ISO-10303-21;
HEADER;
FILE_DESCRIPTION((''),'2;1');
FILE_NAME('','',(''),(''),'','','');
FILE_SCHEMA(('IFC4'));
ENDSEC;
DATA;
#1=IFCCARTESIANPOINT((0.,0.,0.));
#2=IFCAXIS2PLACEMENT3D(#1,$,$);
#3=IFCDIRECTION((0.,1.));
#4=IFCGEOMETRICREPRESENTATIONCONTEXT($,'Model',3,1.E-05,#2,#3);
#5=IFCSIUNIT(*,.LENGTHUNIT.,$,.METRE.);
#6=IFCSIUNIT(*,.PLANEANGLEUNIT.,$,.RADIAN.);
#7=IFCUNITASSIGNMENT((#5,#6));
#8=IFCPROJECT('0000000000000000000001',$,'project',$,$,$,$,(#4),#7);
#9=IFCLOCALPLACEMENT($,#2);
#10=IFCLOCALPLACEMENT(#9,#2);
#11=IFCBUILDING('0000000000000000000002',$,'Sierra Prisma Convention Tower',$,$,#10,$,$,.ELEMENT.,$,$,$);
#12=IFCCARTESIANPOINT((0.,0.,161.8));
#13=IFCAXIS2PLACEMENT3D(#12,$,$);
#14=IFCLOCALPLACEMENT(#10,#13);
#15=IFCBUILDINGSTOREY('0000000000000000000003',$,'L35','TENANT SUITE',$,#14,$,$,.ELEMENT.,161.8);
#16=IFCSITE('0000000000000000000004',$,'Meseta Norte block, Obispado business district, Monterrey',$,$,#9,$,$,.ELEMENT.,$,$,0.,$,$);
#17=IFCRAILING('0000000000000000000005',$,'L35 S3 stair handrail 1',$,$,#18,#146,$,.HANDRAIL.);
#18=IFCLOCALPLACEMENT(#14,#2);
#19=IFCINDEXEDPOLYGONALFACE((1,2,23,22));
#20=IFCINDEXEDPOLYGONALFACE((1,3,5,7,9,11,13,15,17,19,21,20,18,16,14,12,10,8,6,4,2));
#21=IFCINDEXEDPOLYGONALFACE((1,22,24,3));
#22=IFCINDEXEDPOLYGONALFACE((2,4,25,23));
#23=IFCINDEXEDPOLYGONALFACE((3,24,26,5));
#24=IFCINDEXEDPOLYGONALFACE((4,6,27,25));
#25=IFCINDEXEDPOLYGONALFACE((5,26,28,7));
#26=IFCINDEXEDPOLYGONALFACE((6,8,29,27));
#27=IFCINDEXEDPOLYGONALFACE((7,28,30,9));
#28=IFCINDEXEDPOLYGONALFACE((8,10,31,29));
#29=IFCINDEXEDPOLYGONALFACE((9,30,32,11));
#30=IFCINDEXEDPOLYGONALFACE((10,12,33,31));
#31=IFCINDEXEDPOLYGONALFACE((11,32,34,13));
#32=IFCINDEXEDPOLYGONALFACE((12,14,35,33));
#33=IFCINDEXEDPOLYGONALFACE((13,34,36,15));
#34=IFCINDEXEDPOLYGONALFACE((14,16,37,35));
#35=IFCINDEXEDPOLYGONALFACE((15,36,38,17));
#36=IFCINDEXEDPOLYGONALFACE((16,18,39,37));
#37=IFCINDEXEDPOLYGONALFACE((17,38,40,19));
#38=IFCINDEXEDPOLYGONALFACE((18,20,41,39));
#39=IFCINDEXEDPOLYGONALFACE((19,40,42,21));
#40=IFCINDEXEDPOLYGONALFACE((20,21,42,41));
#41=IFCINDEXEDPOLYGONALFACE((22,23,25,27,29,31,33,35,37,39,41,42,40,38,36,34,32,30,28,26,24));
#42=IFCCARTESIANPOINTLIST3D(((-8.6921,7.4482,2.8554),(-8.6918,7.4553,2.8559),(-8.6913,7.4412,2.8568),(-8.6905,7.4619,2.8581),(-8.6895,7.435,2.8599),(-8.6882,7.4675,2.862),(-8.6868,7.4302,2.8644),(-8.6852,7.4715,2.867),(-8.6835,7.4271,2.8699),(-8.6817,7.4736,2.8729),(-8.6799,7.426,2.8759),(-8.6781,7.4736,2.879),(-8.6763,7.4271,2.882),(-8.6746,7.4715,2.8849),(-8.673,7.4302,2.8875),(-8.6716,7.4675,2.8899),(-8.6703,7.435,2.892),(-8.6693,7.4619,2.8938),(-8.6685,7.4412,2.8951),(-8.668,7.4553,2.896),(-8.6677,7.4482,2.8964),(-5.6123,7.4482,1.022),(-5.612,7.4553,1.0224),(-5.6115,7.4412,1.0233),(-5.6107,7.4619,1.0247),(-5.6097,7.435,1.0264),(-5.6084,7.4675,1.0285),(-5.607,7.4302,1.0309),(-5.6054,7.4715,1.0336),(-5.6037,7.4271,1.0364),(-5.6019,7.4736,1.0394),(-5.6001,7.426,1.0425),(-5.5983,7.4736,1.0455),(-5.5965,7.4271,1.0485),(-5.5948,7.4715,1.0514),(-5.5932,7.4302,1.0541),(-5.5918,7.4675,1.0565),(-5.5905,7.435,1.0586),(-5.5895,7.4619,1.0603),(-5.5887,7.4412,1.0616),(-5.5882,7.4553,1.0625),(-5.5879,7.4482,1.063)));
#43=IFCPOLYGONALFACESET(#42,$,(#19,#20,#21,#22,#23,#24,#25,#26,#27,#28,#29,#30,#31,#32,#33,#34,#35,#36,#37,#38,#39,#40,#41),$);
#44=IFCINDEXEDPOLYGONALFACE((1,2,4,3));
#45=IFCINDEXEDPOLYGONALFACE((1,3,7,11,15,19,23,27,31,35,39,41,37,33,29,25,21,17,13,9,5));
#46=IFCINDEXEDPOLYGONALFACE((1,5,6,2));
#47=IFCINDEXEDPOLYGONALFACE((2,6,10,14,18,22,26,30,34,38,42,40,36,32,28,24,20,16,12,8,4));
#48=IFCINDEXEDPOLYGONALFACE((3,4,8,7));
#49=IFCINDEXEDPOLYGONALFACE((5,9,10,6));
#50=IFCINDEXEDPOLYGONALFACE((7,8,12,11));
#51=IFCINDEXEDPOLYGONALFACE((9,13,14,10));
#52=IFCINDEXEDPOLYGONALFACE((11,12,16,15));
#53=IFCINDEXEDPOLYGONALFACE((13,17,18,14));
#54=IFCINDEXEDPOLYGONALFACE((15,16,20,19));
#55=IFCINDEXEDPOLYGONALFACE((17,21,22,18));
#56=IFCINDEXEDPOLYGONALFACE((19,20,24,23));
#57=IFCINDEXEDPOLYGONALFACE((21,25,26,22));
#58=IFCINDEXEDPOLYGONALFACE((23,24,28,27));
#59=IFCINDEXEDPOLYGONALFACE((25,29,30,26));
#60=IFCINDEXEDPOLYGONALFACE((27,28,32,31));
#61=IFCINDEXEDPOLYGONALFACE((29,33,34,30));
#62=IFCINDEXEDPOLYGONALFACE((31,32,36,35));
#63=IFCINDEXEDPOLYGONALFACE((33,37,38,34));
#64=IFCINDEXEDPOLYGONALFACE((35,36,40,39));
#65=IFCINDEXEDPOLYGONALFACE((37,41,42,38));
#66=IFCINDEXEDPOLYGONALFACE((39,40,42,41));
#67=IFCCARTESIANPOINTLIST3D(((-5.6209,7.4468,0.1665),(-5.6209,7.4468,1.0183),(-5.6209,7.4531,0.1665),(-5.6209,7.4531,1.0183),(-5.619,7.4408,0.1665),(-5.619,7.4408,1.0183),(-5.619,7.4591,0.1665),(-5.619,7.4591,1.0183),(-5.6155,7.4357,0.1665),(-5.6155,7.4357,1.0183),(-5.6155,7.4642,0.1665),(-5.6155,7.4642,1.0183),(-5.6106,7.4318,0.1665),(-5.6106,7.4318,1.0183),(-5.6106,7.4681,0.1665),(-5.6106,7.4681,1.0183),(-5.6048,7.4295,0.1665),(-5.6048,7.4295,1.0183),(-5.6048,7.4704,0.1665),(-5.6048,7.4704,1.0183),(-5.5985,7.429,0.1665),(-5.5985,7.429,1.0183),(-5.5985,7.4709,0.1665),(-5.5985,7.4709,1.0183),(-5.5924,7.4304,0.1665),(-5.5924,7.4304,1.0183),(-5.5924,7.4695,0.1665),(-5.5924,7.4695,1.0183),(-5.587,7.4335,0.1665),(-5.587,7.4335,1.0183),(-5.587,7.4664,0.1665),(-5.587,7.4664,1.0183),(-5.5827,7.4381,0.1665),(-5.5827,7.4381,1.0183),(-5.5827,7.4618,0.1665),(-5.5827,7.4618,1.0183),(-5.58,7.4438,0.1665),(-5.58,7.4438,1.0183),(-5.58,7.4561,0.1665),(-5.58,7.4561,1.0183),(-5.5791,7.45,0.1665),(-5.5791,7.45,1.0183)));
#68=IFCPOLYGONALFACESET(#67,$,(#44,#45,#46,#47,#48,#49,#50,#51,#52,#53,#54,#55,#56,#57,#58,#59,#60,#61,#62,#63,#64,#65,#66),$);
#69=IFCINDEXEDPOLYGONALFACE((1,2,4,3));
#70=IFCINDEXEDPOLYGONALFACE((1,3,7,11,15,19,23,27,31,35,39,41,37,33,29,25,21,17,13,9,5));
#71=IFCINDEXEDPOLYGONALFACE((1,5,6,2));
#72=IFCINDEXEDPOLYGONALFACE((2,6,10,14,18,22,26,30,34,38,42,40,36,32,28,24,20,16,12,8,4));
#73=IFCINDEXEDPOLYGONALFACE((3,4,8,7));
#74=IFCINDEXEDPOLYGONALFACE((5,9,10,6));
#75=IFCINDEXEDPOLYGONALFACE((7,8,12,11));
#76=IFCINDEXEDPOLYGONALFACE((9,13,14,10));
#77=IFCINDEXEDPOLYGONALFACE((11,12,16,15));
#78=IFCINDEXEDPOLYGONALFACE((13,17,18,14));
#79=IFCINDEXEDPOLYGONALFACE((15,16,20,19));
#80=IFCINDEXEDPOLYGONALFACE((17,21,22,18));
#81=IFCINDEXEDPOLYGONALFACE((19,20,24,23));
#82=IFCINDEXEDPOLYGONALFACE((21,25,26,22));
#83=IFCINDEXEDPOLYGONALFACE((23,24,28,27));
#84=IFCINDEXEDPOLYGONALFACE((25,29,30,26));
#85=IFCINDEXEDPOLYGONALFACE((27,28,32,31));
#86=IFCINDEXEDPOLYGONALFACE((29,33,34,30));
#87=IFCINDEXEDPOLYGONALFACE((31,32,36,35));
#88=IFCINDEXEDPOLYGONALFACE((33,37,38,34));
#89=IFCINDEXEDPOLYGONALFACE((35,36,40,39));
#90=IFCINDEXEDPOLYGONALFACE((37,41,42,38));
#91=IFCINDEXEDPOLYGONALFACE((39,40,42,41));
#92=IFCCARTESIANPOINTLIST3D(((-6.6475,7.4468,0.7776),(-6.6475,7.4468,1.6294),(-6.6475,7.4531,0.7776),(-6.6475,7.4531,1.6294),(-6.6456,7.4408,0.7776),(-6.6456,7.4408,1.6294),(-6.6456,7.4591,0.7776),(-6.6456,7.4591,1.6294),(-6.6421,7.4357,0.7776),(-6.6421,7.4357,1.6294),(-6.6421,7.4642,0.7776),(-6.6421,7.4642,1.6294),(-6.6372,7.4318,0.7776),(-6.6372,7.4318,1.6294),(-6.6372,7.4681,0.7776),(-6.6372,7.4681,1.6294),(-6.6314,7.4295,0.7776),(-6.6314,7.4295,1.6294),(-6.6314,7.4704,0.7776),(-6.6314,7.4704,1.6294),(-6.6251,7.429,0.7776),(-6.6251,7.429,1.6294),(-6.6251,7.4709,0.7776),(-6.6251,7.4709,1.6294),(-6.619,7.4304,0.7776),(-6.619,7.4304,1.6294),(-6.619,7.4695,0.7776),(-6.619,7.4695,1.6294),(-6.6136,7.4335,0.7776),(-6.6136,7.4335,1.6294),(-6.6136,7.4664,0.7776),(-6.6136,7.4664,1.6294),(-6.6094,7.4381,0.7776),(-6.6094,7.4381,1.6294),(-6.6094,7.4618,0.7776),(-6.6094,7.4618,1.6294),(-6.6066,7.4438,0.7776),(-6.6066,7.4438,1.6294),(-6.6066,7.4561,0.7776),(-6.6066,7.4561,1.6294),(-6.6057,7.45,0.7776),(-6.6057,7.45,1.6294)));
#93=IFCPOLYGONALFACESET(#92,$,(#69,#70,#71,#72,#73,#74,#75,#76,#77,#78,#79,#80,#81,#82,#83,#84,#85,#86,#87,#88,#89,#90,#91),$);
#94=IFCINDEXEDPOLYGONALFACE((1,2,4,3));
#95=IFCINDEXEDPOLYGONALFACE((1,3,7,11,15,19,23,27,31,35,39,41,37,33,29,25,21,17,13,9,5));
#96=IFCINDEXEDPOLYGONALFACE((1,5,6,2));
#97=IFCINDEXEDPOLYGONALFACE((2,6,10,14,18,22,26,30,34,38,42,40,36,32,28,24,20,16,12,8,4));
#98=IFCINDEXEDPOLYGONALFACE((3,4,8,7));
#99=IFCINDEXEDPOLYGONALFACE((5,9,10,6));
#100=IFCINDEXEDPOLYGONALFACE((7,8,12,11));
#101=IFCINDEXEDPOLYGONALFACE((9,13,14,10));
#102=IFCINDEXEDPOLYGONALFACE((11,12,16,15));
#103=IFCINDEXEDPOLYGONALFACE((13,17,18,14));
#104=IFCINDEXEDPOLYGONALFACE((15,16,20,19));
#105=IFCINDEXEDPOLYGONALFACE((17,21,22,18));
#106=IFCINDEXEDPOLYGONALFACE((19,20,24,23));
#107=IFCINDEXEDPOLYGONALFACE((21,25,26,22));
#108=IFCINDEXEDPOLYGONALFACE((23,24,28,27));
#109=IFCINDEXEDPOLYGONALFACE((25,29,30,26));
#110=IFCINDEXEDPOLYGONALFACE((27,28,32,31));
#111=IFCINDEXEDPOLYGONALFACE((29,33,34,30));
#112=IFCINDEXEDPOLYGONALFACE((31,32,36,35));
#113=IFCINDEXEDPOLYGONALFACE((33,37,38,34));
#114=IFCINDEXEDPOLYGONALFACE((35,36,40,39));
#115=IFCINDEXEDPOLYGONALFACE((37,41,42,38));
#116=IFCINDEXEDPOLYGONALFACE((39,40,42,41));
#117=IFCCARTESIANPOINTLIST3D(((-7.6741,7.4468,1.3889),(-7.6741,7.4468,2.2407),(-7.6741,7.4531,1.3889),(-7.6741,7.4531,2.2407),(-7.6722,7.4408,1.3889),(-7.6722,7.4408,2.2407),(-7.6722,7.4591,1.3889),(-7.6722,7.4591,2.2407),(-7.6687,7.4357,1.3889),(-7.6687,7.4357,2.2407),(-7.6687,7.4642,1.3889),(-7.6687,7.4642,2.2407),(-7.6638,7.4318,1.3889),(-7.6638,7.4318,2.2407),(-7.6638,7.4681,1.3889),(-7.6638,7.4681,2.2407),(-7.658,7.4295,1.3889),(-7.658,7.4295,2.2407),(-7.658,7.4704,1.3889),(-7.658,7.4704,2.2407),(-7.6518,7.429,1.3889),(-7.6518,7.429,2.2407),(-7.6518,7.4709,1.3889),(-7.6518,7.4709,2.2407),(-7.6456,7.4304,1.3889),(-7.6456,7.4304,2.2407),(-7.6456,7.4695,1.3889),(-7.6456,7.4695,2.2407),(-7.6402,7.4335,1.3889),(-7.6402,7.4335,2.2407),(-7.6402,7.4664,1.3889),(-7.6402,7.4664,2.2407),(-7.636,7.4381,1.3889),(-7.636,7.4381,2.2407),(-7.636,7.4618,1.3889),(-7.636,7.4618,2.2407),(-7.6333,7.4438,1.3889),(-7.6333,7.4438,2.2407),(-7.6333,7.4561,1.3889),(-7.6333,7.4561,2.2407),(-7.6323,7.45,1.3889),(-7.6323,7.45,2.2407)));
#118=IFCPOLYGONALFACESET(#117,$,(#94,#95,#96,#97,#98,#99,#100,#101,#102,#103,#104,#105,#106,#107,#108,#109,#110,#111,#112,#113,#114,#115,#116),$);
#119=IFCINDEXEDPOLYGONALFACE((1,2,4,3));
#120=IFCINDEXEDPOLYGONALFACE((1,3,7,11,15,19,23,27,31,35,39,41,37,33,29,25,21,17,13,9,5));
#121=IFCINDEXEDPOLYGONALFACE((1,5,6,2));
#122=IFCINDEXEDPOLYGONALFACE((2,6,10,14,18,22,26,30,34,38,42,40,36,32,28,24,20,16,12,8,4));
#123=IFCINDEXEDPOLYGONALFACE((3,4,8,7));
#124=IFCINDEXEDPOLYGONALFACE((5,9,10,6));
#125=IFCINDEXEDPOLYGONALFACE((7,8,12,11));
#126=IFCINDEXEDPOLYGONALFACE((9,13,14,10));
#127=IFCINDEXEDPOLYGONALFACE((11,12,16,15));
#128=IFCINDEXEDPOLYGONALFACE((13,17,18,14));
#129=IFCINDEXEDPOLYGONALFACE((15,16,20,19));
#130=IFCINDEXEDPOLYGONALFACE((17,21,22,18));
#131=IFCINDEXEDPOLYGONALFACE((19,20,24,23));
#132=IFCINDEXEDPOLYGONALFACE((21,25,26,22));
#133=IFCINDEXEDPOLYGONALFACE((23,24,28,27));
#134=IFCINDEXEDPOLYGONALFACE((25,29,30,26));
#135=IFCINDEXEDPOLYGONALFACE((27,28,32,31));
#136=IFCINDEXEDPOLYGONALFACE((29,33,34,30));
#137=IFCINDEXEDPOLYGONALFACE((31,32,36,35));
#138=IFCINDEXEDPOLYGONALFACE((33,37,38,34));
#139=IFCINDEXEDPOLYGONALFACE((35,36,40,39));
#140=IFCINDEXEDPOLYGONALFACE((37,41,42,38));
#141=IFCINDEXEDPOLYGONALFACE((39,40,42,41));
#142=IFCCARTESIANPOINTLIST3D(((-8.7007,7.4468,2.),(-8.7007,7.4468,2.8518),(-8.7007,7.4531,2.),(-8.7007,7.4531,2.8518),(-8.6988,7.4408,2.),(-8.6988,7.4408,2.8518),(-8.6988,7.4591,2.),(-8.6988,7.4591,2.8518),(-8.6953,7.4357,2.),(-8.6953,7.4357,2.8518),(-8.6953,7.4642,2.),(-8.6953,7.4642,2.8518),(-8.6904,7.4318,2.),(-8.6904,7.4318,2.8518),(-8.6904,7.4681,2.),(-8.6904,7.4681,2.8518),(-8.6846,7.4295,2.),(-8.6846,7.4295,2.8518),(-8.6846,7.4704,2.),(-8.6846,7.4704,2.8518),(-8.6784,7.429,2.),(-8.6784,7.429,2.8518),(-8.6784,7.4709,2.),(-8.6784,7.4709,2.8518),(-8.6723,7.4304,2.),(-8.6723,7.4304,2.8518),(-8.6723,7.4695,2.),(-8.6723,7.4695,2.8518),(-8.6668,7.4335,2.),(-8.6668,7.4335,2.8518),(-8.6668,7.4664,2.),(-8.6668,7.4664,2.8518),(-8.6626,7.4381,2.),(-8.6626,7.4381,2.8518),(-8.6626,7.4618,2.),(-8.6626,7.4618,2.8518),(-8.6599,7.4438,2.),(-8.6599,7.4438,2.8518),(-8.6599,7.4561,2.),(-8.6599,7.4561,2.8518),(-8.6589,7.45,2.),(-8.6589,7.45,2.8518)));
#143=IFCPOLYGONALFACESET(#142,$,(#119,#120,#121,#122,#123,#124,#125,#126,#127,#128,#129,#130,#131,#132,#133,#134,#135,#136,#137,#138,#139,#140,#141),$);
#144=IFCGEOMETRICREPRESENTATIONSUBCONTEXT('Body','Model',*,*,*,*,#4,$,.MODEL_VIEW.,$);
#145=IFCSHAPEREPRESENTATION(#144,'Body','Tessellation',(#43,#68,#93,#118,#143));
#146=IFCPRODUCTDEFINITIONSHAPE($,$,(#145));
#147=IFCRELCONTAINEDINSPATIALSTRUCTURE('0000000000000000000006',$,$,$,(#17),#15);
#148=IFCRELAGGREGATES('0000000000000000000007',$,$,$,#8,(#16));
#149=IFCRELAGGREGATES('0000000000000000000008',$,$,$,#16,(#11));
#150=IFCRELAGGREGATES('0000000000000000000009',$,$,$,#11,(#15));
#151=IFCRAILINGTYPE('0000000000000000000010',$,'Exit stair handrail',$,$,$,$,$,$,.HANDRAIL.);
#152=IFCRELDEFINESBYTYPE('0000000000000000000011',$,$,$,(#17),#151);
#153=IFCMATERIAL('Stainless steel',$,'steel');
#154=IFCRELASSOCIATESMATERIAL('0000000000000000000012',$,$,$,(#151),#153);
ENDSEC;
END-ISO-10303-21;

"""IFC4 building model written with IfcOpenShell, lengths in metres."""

from ifc_helpers import new_model, si_unit, direction, frame, origin, origin_2d, place, context, subcontext, project, spatial, circle, extrude, material, type_object, element, save


model = new_model("IFC4")

# Units and contexts
model_context = context("Model", 3, precision=1e-05, world=origin(), true_north=direction((0.0, 1.0)))
body_context = subcontext(model_context, "Body", "Model", "MODEL_VIEW")
ifc_project = project(units=[si_unit("LENGTHUNIT", "METRE"), si_unit("PLANEANGLEUNIT", "RADIAN")], contexts=[model_context])

# Site, building, storey
site_placement = place(None, origin())
site = spatial("IfcSite", under=ifc_project, at=site_placement, Name="Meseta Norte block, Obispado business district, Monterrey", CompositionType="ELEMENT", RefElevation=0.0)
building_placement = place(site_placement, origin())
building = spatial("IfcBuilding", under=site, at=building_placement, Name="Sierra Prisma Convention Tower", CompositionType="ELEMENT")
storey_placement = place(building_placement, frame((0.0, 0.0, 161.8)))
storey = spatial("IfcBuildingStorey", under=building, at=storey_placement, Name="L35", Description="TENANT SUITE", CompositionType="ELEMENT", Elevation=161.8)

# Railing
ifc_material_1 = material(Name="Stainless steel", Category="steel")
railing_type_1 = type_object("IfcRailingType", Name="Exit stair handrail", PredefinedType="HANDRAIL", material=ifc_material_1)
railing_1_placement = place(storey_placement, frame((-5.6001, 7.45, 0.1665)))
element("IfcRailing", 1, at=railing_1_placement, inside=storey, type_object=railing_type_1, Name="L35 S3 stair handrail 1", PredefinedType="HANDRAIL", context=body_context, shape_type="SweptSolid", body=[
    extrude(circle(Radius=0.0239, at=origin_2d()), frame((0.0, 0.0, 0.876), z_axis=(-0.859261, 0.0, 0.511538), x_axis=(0.0, -1.0, 0.0)), (0.0, 0.0, 1.0), 3.5842),
    extrude(circle(Radius=0.021, at=origin_2d()), origin(), (0.0, 0.0, 1.0), 0.8518),
    extrude(circle(Radius=0.021, at=origin_2d()), frame((-1.0266, 0.0, 0.6111)), (0.0, 0.0, 1.0), 0.8518),
    extrude(circle(Radius=0.021, at=origin_2d()), frame((-2.0532, 0.0, 1.2224)), (0.0, 0.0, 1.0), 0.8518),
    extrude(circle(Radius=0.021, at=origin_2d()), frame((-3.0798, 0.0, 1.8335)), (0.0, 0.0, 1.0), 0.8518),
])

save(model, "model.ifc")
